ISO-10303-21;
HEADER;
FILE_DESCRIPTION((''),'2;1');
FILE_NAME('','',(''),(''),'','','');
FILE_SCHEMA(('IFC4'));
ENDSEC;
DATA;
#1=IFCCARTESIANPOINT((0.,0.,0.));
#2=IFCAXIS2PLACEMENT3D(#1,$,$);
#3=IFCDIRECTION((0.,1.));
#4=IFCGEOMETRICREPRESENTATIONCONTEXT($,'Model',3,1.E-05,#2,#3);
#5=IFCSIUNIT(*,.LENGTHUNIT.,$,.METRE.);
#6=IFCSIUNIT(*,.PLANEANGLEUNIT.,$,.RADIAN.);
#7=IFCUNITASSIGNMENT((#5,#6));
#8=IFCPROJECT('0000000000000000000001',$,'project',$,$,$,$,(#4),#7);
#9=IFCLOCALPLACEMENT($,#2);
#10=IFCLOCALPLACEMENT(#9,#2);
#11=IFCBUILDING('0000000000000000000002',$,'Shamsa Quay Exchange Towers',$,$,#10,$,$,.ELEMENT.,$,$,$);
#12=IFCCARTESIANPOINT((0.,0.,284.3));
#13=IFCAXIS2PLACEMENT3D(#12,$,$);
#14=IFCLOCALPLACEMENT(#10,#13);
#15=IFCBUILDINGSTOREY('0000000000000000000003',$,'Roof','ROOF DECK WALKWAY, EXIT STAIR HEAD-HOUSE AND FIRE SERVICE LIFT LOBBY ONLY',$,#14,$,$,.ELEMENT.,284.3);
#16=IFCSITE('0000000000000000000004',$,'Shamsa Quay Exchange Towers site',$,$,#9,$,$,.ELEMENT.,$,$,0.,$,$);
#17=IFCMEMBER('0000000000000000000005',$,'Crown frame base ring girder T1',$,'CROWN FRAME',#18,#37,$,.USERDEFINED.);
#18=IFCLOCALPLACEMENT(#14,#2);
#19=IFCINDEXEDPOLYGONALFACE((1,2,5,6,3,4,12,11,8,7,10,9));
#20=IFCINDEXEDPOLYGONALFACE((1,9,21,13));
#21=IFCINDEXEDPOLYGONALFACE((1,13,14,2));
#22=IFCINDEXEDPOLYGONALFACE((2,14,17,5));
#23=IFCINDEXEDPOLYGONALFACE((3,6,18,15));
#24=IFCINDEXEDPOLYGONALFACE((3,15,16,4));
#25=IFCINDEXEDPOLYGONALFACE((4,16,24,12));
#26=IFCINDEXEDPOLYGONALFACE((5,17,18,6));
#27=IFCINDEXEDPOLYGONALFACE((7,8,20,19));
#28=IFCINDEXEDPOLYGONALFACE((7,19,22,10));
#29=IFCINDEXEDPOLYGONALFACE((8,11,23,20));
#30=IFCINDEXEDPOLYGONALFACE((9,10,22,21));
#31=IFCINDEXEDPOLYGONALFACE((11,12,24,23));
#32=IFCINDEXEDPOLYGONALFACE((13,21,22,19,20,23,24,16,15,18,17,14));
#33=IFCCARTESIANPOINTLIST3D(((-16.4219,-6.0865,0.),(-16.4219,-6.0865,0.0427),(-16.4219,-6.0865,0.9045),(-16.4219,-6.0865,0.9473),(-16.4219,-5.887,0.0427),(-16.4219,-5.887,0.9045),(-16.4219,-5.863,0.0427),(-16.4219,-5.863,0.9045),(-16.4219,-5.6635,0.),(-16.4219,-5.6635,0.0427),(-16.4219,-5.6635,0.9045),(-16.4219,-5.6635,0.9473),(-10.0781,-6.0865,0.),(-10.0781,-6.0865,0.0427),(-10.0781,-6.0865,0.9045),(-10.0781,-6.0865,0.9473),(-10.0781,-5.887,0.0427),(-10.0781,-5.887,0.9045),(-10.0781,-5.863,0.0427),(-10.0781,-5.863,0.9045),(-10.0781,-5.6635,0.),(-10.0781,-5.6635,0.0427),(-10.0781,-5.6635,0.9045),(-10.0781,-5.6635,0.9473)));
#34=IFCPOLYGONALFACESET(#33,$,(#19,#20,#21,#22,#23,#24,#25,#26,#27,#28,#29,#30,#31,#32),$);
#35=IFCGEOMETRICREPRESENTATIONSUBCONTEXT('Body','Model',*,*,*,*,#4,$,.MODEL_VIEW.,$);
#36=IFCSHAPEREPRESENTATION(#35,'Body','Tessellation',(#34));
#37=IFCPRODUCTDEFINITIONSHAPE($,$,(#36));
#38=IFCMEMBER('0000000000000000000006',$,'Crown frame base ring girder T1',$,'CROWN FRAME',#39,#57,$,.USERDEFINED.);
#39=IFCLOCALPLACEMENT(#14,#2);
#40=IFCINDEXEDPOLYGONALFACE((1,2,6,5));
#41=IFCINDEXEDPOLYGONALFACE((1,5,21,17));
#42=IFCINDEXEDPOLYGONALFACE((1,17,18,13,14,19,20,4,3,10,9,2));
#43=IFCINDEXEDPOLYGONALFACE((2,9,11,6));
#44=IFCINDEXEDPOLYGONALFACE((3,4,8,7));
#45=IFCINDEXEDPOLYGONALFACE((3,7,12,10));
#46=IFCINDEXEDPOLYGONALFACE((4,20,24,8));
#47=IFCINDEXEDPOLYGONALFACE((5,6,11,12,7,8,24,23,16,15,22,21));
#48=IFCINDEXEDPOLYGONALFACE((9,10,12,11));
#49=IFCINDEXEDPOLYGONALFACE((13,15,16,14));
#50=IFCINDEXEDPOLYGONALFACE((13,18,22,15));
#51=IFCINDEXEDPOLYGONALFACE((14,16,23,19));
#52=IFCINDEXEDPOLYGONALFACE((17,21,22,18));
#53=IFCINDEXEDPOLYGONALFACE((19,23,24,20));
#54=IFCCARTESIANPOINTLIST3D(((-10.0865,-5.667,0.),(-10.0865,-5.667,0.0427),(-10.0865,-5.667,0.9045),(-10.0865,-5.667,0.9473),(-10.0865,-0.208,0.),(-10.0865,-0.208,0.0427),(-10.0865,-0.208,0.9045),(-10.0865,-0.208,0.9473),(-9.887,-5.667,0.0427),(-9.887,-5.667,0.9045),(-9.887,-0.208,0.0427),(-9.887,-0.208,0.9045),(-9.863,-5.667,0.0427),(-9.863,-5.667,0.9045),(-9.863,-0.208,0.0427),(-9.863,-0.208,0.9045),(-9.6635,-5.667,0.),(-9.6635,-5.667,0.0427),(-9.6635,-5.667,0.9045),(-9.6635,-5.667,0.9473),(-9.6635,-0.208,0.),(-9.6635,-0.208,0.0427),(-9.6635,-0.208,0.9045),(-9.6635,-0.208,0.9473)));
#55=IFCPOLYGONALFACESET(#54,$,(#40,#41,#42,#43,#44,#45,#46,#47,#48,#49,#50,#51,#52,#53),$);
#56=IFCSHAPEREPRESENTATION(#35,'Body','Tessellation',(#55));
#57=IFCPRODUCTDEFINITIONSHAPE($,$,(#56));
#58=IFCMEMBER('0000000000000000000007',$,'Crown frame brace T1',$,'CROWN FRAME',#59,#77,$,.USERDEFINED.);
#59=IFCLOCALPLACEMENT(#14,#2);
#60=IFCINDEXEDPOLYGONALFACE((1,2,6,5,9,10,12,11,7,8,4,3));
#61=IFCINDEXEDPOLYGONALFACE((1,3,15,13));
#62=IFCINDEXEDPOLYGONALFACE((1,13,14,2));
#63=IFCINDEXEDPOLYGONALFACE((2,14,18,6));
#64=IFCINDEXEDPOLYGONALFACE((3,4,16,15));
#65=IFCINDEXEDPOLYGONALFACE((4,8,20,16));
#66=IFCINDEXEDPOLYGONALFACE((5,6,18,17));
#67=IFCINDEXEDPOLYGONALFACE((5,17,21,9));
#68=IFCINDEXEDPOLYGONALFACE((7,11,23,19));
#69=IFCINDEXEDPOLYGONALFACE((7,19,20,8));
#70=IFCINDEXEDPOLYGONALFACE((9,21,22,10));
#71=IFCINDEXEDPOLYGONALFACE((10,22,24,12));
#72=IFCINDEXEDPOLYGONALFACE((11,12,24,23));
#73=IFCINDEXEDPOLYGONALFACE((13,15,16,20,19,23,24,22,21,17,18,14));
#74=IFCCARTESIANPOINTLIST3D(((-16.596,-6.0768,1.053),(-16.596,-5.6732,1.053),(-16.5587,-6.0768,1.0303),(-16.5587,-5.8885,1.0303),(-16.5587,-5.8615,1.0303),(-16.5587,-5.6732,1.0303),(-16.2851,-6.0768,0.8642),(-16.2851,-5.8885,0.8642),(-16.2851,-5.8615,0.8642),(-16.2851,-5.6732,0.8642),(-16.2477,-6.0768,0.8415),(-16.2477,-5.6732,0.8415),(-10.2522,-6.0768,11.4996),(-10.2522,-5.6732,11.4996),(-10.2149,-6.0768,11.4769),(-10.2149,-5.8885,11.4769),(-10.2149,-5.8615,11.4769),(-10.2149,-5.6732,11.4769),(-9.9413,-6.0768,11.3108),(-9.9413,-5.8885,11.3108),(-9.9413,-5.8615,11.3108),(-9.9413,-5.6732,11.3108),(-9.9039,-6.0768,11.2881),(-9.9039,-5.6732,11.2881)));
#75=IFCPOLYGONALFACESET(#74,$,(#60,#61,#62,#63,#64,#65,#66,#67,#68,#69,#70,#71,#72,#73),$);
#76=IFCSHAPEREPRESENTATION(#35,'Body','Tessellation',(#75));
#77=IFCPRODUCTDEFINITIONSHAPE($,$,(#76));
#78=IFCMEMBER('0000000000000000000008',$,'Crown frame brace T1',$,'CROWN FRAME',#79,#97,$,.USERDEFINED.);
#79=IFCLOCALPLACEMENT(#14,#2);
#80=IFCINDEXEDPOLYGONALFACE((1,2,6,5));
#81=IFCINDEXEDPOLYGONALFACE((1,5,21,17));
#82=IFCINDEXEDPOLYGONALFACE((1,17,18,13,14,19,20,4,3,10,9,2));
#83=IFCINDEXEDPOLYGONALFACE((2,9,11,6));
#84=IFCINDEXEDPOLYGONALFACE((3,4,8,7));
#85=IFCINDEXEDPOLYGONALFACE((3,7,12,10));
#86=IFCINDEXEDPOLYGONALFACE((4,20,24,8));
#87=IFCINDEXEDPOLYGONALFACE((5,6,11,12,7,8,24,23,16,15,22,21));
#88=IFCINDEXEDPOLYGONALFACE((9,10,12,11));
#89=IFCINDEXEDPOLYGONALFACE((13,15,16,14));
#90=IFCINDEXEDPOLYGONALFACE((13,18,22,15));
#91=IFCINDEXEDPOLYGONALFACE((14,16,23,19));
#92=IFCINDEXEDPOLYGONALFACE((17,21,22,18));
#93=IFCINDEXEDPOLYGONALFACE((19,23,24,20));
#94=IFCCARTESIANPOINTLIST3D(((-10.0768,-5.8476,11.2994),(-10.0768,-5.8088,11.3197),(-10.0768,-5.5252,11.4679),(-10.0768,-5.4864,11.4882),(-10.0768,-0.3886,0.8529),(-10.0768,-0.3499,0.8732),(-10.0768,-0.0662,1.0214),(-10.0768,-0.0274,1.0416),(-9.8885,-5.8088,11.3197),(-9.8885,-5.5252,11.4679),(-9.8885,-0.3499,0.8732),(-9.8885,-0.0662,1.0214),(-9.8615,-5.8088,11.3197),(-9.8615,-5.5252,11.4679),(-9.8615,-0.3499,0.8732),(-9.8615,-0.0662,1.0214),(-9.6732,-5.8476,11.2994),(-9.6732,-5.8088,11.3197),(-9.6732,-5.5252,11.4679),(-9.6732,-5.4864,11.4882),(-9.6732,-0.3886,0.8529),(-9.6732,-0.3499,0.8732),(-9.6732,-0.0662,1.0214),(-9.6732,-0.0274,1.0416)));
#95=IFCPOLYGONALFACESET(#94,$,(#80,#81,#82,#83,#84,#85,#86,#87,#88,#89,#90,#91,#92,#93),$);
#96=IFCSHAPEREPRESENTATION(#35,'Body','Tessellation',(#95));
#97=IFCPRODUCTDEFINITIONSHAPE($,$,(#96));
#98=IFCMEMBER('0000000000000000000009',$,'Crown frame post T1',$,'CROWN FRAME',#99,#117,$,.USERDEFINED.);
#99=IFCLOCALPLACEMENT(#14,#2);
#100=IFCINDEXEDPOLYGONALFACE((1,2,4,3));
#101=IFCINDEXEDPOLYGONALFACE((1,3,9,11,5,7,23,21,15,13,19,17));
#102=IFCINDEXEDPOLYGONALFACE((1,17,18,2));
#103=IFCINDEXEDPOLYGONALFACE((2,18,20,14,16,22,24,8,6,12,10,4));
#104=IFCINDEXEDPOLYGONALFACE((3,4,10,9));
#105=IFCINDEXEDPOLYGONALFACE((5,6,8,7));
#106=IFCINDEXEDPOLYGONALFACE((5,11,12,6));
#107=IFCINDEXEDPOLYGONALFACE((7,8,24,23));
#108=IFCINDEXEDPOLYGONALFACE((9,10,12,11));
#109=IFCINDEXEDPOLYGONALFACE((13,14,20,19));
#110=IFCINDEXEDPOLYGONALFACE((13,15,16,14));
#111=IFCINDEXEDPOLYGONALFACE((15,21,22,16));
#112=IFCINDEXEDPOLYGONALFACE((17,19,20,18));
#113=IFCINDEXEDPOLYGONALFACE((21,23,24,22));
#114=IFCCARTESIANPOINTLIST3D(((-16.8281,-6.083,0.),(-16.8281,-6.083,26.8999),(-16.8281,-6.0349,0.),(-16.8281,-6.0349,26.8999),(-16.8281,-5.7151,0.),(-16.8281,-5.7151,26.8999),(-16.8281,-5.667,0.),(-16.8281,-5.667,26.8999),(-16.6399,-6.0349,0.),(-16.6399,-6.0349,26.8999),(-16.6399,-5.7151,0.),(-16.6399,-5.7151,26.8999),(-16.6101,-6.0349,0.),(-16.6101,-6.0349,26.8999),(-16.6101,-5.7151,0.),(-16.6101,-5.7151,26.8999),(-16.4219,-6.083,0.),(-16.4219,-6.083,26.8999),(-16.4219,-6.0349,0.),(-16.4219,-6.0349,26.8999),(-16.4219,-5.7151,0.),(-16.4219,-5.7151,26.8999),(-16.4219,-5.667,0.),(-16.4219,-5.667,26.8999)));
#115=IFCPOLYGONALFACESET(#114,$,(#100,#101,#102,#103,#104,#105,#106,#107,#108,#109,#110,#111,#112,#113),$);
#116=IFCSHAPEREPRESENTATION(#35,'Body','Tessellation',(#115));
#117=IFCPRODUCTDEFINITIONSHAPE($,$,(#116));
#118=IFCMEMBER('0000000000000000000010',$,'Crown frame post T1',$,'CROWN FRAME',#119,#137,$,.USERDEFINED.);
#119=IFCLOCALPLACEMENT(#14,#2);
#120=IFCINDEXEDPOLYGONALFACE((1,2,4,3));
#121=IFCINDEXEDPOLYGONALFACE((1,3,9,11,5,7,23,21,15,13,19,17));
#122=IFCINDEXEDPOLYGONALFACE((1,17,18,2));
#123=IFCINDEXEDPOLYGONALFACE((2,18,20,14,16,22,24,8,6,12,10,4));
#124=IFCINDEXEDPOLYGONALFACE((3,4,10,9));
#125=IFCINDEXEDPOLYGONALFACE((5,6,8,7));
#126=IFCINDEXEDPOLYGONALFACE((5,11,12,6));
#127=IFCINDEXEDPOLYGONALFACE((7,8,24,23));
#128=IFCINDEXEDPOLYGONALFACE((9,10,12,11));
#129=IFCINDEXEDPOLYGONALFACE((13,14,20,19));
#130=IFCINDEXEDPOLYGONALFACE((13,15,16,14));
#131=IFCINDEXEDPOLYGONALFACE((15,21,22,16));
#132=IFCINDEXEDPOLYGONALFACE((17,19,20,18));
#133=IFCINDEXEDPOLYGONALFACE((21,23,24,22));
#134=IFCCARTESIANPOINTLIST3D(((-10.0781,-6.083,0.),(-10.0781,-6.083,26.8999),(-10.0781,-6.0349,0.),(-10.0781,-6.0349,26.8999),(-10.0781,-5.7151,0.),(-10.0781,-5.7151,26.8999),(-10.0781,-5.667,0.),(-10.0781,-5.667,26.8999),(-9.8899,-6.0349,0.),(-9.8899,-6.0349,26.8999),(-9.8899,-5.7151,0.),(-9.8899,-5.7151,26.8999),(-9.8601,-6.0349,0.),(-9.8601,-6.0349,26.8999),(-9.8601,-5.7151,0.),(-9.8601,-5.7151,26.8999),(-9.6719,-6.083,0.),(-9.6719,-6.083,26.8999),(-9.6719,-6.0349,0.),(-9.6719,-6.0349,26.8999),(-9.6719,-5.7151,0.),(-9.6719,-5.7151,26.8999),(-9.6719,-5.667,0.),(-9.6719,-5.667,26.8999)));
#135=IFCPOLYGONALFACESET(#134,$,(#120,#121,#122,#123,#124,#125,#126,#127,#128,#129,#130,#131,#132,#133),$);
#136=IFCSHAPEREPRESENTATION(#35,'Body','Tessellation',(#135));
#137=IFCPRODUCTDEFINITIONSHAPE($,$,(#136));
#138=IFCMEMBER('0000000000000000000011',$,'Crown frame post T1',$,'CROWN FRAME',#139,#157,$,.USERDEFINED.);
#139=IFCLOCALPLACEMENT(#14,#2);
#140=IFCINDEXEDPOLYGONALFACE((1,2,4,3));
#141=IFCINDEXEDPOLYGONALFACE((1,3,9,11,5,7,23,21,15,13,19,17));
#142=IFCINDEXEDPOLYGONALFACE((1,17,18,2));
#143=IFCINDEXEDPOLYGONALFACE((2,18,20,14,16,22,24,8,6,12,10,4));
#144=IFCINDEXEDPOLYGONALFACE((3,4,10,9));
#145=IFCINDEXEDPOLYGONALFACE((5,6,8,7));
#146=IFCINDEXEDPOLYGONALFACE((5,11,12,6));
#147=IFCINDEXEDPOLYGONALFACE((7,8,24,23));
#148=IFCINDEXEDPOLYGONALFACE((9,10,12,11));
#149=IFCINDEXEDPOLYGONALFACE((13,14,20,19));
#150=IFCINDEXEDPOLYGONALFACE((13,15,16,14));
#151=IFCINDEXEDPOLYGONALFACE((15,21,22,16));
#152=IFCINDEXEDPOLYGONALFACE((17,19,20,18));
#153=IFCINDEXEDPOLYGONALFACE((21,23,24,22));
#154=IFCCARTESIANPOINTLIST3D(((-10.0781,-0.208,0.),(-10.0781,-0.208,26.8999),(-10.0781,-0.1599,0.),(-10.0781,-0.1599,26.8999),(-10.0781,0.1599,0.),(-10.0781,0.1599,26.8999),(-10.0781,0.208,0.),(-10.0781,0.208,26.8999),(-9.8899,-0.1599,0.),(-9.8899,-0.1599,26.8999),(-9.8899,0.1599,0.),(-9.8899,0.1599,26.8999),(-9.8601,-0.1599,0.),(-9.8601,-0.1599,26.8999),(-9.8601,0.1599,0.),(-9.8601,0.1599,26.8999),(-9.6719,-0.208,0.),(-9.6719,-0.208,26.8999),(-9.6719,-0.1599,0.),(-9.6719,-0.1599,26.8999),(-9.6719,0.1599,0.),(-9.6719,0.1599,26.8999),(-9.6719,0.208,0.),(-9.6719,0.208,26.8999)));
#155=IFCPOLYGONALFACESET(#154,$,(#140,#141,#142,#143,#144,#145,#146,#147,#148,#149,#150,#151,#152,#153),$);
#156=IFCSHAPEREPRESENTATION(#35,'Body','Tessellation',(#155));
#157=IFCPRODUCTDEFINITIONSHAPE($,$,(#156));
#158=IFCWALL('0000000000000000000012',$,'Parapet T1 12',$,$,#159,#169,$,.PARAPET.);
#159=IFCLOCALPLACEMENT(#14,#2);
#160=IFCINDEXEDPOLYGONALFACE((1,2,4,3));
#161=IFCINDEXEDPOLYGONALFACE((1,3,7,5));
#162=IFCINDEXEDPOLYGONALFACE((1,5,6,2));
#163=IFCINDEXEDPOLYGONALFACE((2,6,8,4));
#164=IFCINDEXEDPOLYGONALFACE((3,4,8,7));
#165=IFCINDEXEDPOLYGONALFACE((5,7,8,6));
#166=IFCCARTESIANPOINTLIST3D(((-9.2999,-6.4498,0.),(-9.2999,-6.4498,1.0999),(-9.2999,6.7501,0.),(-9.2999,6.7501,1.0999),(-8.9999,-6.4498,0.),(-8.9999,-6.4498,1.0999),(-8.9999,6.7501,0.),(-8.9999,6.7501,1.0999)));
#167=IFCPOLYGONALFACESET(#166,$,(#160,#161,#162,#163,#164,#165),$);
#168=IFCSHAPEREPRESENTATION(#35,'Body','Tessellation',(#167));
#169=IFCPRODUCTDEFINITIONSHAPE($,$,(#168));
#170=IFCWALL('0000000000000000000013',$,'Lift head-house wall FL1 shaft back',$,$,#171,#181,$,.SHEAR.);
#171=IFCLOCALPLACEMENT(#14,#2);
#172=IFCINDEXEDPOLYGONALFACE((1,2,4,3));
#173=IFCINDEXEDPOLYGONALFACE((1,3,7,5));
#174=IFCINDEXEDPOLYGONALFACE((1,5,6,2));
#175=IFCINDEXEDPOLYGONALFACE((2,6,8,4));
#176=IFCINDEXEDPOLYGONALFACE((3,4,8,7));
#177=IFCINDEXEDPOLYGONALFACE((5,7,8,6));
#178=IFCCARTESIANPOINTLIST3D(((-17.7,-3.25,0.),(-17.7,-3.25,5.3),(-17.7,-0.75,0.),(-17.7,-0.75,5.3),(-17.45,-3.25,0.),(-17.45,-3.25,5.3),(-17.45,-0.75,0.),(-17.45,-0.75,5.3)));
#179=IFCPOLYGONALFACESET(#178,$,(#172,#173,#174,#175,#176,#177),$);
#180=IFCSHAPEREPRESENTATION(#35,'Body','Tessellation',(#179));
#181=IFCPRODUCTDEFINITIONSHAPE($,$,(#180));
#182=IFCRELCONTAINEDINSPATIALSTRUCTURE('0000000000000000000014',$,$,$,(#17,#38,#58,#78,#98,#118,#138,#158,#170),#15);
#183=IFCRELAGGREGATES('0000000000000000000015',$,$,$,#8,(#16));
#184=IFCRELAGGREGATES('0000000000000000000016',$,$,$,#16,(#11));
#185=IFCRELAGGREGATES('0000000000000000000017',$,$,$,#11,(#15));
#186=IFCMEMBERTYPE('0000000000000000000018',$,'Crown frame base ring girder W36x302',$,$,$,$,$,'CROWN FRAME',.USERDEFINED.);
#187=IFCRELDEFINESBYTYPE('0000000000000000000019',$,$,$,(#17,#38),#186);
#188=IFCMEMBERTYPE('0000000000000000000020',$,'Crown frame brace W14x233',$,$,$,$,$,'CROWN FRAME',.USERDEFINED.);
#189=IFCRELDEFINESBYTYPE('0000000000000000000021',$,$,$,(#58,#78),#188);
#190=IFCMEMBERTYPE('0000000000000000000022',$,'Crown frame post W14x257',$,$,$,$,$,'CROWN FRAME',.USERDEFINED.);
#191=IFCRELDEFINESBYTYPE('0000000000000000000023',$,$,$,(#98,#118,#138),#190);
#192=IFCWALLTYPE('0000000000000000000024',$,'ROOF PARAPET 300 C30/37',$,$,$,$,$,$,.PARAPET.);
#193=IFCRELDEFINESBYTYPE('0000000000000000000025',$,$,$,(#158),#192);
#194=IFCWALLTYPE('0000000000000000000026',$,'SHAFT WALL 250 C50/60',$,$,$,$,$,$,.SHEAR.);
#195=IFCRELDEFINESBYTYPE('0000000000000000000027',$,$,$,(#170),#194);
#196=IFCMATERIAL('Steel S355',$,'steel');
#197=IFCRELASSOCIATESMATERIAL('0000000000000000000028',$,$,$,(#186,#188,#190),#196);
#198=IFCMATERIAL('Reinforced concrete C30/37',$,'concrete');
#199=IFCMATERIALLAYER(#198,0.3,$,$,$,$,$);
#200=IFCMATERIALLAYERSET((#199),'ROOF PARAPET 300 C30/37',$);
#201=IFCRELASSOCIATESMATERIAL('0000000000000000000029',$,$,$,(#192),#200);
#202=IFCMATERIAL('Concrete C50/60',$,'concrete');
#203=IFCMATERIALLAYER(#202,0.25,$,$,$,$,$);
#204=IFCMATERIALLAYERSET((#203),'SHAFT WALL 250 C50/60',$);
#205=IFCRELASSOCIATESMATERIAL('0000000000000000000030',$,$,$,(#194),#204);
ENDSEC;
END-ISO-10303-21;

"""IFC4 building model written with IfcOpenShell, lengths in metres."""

from ifc_helpers import new_model, si_unit, direction, frame, frame_2d, origin, origin_2d, place, context, subcontext, project, spatial, rectangle, i_section, extrude, material, layer, layer_set, material_profile, profile_set, type_object, element, save


model = new_model("IFC4")

# Units and contexts
model_context = context("Model", 3, precision=1e-05, world=origin(), true_north=direction((0.0, 1.0)))
body_context = subcontext(model_context, "Body", "Model", "MODEL_VIEW")
ifc_project = project(units=[si_unit("LENGTHUNIT", "METRE"), si_unit("PLANEANGLEUNIT", "RADIAN")], contexts=[model_context])

# Site, building, storey
site_placement = place(None, origin())
site = spatial("IfcSite", under=ifc_project, at=site_placement, Name="Shamsa Quay Exchange Towers site", CompositionType="ELEMENT", RefElevation=0.0)
building_placement = place(site_placement, origin())
building = spatial("IfcBuilding", under=site, at=building_placement, Name="Shamsa Quay Exchange Towers", CompositionType="ELEMENT")
storey_placement = place(building_placement, frame((0.0, 0.0, 284.3)))
storey = spatial("IfcBuildingStorey", under=building, at=storey_placement, Name="Roof", Description="ROOF DECK WALKWAY, EXIT STAIR HEAD-HOUSE AND FIRE SERVICE LIFT LOBBY ONLY", CompositionType="ELEMENT", Elevation=284.3)

# Members
ifc_material_1 = material(Name="Steel S355", Category="steel")
ifc_material_profile_1 = material_profile(ifc_material_1, i_section(OverallWidth=0.4231, OverallDepth=0.9473, WebThickness=0.0239, FlangeThickness=0.0427, at=origin_2d()), Name="W36x302")
ifc_profile_set_1 = profile_set([ifc_material_profile_1], Name="Steel S355")
member_type_1 = type_object("IfcMemberType", Name="Crown frame base ring girder W36x302", ElementType="CROWN FRAME", PredefinedType="USERDEFINED", material=ifc_profile_set_1)
member_1_placement = place(storey_placement, frame((-16.4219, -5.875, 0.4736), z_axis=(1.0, 0.0, 0.0), x_axis=(0.0, 1.0, 0.0)))
element("IfcMember", 1, at=member_1_placement, inside=storey, type_object=member_type_1, Name="Crown frame base ring girder T1", ObjectType="CROWN FRAME", PredefinedType="USERDEFINED", context=body_context, shape_type="SweptSolid", body=[
    extrude(i_section(OverallWidth=0.4231, OverallDepth=0.9473, WebThickness=0.0239, FlangeThickness=0.0427, at=origin_2d()), origin(), (0.0, 0.0, 1.0), 6.3438),
])
member_2_placement = place(storey_placement, frame((-9.875, -5.667, 0.4736), z_axis=(0.0, 1.0, 0.0), x_axis=(-1.0, 0.0, 0.0)))
element("IfcMember", 2, at=member_2_placement, inside=storey, type_object=member_type_1, Name="Crown frame base ring girder T1", ObjectType="CROWN FRAME", PredefinedType="USERDEFINED", context=body_context, shape_type="SweptSolid", body=[
    extrude(i_section(OverallWidth=0.4231, OverallDepth=0.9473, WebThickness=0.0239, FlangeThickness=0.0427, at=origin_2d()), origin(), (0.0, 0.0, 1.0), 5.459),
])
ifc_material_profile_2 = material_profile(ifc_material_1, i_section(OverallWidth=0.4036, OverallDepth=0.4075, WebThickness=0.0271, FlangeThickness=0.0437, at=origin_2d()), Name="W14x233")
ifc_profile_set_2 = profile_set([ifc_material_profile_2], Name="Steel S355")
member_type_2 = type_object("IfcMemberType", Name="Crown frame brace W14x233", ElementType="CROWN FRAME", PredefinedType="USERDEFINED", material=ifc_profile_set_2)
member_3_placement = place(storey_placement, frame((-16.4219, -5.875, 0.9473), z_axis=(0.519051, 0.0, 0.854744), x_axis=(0.0, 1.0, 0.0)))
element("IfcMember", 3, at=member_3_placement, inside=storey, type_object=member_type_2, Name="Crown frame brace T1", ObjectType="CROWN FRAME", PredefinedType="USERDEFINED", context=body_context, shape_type="SweptSolid", body=[
    extrude(i_section(OverallWidth=0.4036, OverallDepth=0.4075, WebThickness=0.0271, FlangeThickness=0.0437, at=origin_2d()), origin(), (0.0, 0.0, 1.0), 12.2219),
])
member_4_placement = place(storey_placement, frame((-9.875, -5.667, 11.3938), z_axis=(0.0, 0.463141, -0.886285), x_axis=(-1.0, 0.0, 0.0)))
element("IfcMember", 4, at=member_4_placement, inside=storey, type_object=member_type_2, Name="Crown frame brace T1", ObjectType="CROWN FRAME", PredefinedType="USERDEFINED", context=body_context, shape_type="SweptSolid", body=[
    extrude(i_section(OverallWidth=0.4036, OverallDepth=0.4075, WebThickness=0.0271, FlangeThickness=0.0437, at=origin_2d()), origin(), (0.0, 0.0, 1.0), 11.7869),
])
ifc_material_profile_3 = material_profile(ifc_material_1, i_section(OverallWidth=0.4062, OverallDepth=0.416, WebThickness=0.0298, FlangeThickness=0.0481, at=origin_2d()), Name="W14x257")
ifc_profile_set_3 = profile_set([ifc_material_profile_3], Name="Steel S355")
member_type_3 = type_object("IfcMemberType", Name="Crown frame post W14x257", ElementType="CROWN FRAME", PredefinedType="USERDEFINED", material=ifc_profile_set_3)
for number, where, name in (
    (5, (-16.625, -5.875, 0.0), "Crown frame post T1"),
    (6, (-9.875, -5.875, 0.0), "Crown frame post T1"),
    (7, (-9.875, 0.0, 0.0), "Crown frame post T1"),
):
    element("IfcMember", number, at=place(storey_placement, frame(where)), inside=storey, type_object=member_type_3, Name=name, ObjectType="CROWN FRAME", PredefinedType="USERDEFINED", context=body_context, shape_type="SweptSolid", body=[
        extrude(i_section(OverallWidth=0.4062, OverallDepth=0.416, WebThickness=0.0298, FlangeThickness=0.0481, at=origin_2d()), origin(), (0.0, 0.0, 1.0), 26.8999),
    ])

# Walls
ifc_material_2 = material(Name="Reinforced concrete C30/37", Category="concrete")
ifc_layer_1 = layer(ifc_material_2, 0.3)
ifc_layer_set_1 = layer_set([ifc_layer_1], Name="ROOF PARAPET 300 C30/37")
wall_type_1 = type_object("IfcWallType", Name="ROOF PARAPET 300 C30/37", PredefinedType="PARAPET", material=ifc_layer_set_1)
wall_1_placement = place(storey_placement, frame((-9.1499, -6.45, 0.0), z_axis=(0.0, 0.0, 1.0), x_axis=(0.0, 1.0, 0.0)))
element("IfcWall", 8, at=wall_1_placement, inside=storey, type_object=wall_type_1, Name="Parapet T1 12", PredefinedType="PARAPET", context=body_context, shape_type="SweptSolid", body=[
    extrude(rectangle(XDim=13.2, YDim=0.3, at=frame_2d((6.6001, 0.0))), origin(), (0.0, 0.0, 1.0), 1.0999),
])
ifc_material_3 = material(Name="Concrete C50/60", Category="concrete")
ifc_layer_2 = layer(ifc_material_3, 0.25)
ifc_layer_set_2 = layer_set([ifc_layer_2], Name="SHAFT WALL 250 C50/60")
wall_type_2 = type_object("IfcWallType", Name="SHAFT WALL 250 C50/60", PredefinedType="SHEAR", material=ifc_layer_set_2)
wall_2_placement = place(storey_placement, frame((-17.575, -3.25, 0.0), z_axis=(0.0, 0.0, 1.0), x_axis=(0.0, 1.0, 0.0)))
element("IfcWall", 9, at=wall_2_placement, inside=storey, type_object=wall_type_2, Name="Lift head-house wall FL1 shaft back", PredefinedType="SHEAR", context=body_context, shape_type="SweptSolid", body=[
    extrude(rectangle(XDim=2.5, YDim=0.25, at=frame_2d((1.25, 0.0))), origin(), (0.0, 0.0, 1.0), 5.3),
])

save(model, "model.ifc")
